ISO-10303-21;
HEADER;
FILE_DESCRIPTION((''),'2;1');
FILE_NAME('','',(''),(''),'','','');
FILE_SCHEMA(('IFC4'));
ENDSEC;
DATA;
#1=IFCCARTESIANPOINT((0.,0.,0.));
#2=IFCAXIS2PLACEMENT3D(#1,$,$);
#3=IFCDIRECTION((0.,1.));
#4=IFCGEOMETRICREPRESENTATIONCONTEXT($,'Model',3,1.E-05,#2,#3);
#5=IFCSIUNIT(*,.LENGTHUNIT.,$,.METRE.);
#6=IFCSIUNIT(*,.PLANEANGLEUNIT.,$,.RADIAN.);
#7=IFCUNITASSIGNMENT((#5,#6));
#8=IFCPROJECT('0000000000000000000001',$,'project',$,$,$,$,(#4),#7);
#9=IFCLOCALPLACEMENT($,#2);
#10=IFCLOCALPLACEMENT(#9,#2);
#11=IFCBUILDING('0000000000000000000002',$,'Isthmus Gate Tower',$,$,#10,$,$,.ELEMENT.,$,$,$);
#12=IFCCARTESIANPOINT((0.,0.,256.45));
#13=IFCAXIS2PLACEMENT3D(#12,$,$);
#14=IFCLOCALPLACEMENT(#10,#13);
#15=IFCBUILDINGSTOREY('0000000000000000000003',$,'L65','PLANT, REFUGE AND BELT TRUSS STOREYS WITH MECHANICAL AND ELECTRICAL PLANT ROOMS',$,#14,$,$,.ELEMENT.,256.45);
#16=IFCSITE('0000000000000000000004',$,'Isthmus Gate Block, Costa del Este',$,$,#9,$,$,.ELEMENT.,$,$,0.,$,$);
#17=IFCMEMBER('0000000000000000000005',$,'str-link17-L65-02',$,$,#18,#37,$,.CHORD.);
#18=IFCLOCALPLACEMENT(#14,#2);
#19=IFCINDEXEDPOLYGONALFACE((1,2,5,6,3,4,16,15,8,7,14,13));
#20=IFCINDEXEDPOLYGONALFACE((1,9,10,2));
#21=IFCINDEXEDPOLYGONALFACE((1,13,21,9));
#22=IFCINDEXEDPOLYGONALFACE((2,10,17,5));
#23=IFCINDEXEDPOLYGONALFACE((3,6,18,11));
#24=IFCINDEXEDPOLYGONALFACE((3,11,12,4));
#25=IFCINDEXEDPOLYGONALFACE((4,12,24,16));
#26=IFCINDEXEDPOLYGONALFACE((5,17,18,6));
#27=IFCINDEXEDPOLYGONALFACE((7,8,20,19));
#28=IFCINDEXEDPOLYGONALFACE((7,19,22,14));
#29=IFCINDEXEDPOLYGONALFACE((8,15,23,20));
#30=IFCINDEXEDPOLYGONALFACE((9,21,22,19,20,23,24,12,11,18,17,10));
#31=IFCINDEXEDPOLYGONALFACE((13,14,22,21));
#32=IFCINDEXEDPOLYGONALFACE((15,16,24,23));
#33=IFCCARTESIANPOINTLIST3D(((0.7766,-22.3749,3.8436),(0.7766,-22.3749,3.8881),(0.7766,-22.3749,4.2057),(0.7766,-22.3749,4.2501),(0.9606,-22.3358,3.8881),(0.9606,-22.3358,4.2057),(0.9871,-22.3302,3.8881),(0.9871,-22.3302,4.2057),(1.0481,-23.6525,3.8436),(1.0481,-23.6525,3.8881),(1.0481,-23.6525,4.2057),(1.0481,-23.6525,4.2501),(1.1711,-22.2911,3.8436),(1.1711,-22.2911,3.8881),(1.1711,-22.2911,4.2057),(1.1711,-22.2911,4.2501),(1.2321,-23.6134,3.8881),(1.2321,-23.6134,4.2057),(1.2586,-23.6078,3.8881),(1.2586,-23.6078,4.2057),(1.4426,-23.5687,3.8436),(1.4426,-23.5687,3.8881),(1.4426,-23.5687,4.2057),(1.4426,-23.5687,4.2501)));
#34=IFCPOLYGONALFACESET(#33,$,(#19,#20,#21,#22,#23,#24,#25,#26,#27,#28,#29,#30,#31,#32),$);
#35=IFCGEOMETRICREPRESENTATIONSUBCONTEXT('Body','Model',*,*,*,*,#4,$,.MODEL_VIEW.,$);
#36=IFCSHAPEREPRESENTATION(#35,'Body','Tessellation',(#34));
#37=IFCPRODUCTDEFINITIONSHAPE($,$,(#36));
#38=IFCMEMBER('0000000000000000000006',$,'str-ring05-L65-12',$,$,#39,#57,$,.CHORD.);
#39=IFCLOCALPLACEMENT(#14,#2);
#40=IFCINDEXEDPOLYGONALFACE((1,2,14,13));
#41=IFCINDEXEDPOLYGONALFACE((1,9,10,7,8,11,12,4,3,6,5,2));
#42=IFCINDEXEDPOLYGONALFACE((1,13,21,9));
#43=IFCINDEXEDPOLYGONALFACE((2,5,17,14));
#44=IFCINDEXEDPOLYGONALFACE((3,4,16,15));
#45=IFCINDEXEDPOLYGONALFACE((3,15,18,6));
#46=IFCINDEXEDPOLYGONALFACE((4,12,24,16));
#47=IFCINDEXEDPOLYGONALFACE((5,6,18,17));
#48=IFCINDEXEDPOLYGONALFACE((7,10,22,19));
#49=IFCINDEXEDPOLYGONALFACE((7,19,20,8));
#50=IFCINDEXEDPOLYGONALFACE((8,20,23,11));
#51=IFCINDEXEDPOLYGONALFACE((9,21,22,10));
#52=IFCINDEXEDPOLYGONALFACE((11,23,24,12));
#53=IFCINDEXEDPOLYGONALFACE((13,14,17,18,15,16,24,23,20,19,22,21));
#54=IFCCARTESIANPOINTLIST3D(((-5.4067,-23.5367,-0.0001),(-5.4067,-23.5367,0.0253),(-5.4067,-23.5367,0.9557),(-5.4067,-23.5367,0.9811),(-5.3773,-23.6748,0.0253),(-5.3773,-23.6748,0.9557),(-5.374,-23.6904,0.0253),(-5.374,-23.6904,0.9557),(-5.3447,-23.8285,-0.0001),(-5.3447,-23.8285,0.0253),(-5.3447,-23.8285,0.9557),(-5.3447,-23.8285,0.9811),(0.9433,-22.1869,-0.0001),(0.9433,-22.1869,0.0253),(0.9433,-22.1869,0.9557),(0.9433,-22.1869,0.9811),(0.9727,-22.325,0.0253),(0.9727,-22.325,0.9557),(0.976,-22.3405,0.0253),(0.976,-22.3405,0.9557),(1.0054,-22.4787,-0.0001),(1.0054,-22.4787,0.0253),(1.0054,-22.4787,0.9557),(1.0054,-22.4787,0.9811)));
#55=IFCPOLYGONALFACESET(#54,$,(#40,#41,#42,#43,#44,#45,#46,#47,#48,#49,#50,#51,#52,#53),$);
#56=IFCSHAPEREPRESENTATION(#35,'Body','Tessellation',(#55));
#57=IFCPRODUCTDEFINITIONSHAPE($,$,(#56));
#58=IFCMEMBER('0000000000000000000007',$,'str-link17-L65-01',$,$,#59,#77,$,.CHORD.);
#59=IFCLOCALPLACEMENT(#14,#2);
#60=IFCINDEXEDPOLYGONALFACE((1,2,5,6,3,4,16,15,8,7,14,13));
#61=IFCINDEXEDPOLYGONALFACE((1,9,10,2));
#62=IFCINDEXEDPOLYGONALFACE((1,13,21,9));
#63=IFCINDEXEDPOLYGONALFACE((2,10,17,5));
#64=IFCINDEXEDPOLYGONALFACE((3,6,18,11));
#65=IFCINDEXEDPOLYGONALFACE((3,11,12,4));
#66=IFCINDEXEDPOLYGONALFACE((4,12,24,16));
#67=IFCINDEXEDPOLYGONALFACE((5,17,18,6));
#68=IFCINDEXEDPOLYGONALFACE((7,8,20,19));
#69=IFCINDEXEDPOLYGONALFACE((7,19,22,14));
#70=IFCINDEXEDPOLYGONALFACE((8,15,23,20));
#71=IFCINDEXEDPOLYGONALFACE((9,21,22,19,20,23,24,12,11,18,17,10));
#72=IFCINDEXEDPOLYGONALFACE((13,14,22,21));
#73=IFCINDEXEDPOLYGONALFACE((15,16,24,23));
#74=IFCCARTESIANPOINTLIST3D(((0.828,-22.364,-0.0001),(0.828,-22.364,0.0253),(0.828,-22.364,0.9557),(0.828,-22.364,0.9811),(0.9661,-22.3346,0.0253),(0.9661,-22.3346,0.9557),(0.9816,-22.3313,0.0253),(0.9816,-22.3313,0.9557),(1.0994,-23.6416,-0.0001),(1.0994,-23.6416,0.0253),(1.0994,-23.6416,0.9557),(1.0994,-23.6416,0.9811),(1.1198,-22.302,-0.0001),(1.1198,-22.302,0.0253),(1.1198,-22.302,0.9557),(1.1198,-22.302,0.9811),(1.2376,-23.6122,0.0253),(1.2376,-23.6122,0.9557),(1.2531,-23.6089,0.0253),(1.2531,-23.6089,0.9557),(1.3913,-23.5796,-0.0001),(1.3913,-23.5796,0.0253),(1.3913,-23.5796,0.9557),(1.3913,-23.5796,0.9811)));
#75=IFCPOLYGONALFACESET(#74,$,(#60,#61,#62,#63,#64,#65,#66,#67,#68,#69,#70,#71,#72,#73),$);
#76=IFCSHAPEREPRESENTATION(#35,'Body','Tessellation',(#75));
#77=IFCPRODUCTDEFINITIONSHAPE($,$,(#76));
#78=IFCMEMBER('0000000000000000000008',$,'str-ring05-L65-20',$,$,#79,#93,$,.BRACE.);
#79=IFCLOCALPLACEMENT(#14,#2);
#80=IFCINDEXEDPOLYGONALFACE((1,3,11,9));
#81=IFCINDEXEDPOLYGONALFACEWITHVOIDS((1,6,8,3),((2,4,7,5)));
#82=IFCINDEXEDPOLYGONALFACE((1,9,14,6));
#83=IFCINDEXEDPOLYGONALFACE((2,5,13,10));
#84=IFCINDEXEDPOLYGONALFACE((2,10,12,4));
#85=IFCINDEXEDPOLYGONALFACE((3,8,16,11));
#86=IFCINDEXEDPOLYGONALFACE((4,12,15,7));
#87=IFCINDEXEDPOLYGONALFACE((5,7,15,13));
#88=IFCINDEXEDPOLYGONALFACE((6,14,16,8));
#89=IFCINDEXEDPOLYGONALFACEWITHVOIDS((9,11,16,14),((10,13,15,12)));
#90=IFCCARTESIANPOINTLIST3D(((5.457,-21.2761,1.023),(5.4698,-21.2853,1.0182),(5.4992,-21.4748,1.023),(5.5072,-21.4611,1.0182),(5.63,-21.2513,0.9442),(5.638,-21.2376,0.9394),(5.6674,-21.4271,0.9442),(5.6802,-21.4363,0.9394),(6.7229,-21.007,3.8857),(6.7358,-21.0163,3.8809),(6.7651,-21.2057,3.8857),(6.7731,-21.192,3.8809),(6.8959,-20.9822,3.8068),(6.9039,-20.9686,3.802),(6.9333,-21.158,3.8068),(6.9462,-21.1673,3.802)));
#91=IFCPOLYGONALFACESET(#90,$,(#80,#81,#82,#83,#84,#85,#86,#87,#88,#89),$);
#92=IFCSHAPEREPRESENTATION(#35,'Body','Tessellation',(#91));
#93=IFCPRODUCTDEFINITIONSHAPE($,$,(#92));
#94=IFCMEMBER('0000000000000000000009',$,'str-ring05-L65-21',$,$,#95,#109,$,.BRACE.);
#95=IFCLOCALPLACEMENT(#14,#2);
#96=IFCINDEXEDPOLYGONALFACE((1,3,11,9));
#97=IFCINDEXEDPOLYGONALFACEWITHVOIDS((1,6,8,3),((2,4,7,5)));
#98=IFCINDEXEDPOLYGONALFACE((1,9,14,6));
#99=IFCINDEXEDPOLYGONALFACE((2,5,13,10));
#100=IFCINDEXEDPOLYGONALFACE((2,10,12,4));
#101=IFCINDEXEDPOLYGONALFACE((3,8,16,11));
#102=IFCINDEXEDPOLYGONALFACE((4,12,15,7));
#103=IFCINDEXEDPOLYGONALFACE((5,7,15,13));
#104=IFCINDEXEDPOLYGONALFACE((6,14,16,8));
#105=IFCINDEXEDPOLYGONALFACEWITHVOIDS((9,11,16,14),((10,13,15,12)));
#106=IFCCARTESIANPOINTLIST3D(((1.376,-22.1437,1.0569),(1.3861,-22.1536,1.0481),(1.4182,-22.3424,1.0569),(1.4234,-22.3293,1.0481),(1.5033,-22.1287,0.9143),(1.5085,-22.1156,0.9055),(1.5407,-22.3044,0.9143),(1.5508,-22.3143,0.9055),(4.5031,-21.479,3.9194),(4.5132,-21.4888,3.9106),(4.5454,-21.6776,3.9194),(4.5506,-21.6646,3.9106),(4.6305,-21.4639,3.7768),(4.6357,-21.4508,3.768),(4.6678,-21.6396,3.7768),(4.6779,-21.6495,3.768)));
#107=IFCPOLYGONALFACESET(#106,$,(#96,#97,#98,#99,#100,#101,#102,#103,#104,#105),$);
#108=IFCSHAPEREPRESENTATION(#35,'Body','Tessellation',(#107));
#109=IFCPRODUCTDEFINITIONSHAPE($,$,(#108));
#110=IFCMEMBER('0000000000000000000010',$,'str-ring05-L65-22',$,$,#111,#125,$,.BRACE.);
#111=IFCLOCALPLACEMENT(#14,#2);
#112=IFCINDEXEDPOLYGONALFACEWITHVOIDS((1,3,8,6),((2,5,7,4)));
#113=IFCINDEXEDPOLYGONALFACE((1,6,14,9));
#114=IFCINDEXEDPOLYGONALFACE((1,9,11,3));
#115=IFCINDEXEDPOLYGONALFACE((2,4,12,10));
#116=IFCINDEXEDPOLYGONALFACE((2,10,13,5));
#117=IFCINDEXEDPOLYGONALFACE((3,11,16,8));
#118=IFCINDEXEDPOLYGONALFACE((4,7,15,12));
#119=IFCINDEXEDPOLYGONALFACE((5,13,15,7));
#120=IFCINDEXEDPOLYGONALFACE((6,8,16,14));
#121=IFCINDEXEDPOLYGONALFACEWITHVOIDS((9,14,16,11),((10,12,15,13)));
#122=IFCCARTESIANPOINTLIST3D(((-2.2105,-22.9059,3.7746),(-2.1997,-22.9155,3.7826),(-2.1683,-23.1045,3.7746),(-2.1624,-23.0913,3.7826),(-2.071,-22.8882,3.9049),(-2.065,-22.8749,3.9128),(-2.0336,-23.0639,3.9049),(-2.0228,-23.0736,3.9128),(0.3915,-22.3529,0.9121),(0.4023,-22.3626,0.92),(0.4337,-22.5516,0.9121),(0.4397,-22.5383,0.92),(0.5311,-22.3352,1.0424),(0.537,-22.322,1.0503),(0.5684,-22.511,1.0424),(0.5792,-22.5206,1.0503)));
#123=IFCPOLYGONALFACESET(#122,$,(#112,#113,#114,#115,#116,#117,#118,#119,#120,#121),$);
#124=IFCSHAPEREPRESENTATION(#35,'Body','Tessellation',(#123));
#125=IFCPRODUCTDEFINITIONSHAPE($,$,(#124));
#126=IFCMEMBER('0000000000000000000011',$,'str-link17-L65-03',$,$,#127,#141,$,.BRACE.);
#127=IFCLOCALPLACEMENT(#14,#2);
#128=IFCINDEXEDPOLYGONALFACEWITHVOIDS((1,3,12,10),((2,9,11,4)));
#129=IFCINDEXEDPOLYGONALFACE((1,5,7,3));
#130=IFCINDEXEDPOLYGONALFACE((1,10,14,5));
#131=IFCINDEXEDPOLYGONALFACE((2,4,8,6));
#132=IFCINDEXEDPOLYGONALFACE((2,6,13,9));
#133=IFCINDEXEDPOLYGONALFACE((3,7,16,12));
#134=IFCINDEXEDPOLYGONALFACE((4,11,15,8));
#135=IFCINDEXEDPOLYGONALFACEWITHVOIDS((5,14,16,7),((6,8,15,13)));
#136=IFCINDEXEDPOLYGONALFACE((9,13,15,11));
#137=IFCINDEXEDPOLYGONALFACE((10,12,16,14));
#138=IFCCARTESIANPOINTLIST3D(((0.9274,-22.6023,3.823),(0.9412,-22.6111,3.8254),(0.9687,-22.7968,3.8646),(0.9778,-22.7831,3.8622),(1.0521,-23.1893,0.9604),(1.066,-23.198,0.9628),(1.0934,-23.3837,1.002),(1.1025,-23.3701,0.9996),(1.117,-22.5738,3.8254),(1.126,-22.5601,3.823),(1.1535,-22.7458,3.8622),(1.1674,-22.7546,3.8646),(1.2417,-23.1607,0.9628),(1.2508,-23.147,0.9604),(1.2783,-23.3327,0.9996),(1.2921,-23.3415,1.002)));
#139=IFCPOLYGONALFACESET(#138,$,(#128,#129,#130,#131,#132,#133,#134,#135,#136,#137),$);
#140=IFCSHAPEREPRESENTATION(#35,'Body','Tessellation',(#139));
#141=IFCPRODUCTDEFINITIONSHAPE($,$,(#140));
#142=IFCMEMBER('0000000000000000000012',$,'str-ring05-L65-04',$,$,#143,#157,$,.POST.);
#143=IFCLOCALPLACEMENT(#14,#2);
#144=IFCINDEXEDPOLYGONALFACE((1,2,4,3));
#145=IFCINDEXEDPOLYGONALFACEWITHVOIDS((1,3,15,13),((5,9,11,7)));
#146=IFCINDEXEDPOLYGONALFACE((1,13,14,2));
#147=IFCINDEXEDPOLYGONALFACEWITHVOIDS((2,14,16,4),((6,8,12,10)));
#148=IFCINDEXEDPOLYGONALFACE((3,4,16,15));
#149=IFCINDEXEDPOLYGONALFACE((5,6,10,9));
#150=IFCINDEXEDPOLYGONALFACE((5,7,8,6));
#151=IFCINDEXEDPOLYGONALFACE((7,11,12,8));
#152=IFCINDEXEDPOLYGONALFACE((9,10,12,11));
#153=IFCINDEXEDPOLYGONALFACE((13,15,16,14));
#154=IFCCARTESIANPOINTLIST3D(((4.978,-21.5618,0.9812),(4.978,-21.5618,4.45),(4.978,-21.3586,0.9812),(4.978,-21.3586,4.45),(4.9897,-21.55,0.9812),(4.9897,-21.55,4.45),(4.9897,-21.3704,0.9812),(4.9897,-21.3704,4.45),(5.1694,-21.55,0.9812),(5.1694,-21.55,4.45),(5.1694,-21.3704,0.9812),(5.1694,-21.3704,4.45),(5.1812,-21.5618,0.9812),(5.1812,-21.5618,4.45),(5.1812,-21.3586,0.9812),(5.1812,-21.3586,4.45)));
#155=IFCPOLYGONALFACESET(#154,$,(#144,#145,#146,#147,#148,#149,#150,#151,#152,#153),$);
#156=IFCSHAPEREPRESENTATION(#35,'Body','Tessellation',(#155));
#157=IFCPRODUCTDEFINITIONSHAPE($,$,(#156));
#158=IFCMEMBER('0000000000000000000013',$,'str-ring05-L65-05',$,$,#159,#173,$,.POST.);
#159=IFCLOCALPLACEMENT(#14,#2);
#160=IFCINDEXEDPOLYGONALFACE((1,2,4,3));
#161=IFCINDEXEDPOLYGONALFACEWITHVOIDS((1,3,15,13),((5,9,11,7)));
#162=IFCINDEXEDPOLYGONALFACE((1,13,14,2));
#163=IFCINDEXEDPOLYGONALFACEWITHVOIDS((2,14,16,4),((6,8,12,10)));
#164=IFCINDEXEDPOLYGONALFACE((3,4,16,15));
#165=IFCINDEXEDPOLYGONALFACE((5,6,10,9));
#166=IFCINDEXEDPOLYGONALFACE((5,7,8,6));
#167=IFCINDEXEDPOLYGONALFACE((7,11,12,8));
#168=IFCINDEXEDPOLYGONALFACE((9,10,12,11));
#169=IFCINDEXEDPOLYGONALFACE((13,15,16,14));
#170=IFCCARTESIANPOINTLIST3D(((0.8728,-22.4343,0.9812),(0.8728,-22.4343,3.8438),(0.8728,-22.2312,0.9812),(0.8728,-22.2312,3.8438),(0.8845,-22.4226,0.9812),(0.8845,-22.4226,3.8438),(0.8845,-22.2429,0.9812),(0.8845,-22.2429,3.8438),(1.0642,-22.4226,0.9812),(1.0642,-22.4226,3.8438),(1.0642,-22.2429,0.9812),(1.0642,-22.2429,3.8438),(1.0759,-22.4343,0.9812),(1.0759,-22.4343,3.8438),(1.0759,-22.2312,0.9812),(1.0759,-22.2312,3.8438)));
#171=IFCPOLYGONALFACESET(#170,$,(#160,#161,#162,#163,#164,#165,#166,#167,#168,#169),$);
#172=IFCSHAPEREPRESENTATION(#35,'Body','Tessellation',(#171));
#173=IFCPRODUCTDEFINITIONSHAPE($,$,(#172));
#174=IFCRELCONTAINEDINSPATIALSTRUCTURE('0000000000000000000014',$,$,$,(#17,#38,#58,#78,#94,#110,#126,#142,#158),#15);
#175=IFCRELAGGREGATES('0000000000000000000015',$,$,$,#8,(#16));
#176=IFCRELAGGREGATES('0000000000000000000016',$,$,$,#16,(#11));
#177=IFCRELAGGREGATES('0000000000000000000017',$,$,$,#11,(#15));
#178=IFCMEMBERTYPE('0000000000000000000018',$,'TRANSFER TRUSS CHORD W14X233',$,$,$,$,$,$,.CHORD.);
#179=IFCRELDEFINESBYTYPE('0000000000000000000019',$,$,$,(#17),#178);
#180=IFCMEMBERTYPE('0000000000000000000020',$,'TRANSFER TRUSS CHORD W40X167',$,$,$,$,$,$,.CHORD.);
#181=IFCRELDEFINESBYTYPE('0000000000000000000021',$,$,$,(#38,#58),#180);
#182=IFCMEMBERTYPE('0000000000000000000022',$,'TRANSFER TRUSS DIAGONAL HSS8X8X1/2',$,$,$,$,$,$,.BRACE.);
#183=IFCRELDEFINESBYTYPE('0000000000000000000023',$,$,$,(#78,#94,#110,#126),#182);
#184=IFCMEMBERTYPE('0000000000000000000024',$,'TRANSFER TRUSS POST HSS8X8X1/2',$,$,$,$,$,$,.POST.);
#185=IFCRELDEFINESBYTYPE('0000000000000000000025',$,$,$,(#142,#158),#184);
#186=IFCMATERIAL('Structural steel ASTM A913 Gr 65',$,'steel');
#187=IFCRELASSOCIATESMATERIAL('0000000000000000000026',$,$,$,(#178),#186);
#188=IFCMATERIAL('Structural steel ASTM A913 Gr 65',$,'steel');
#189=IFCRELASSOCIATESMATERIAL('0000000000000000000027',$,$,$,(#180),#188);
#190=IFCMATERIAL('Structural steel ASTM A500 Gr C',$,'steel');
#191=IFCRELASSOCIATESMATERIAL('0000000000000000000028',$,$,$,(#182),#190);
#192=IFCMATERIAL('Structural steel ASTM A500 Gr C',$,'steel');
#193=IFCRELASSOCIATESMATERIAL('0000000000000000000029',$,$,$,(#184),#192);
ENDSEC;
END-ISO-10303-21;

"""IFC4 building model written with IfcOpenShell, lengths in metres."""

from ifc_helpers import new_model, si_unit, direction, frame, origin, origin_2d, place, context, subcontext, project, spatial, hollow_rectangle, i_section, extrude, material, material_profile, profile_set, type_object, element, save


model = new_model("IFC4")

# Units and contexts
model_context = context("Model", 3, precision=1e-05, world=origin(), true_north=direction((0.0, 1.0)))
body_context = subcontext(model_context, "Body", "Model", "MODEL_VIEW")
ifc_project = project(units=[si_unit("LENGTHUNIT", "METRE"), si_unit("PLANEANGLEUNIT", "RADIAN")], contexts=[model_context])

# Site, building, storey
site_placement = place(None, origin())
site = spatial("IfcSite", under=ifc_project, at=site_placement, Name="Isthmus Gate Block, Costa del Este", CompositionType="ELEMENT", RefElevation=0.0)
building_placement = place(site_placement, origin())
building = spatial("IfcBuilding", under=site, at=building_placement, Name="Isthmus Gate Tower", CompositionType="ELEMENT")
storey_placement = place(building_placement, frame((0.0, 0.0, 256.45)))
storey = spatial("IfcBuildingStorey", under=building, at=storey_placement, Name="L65", Description="PLANT, REFUGE AND BELT TRUSS STOREYS WITH MECHANICAL AND ELECTRICAL PLANT ROOMS", CompositionType="ELEMENT", Elevation=256.45)

# Members
ifc_material_1 = material(Name="Structural steel ASTM A913 Gr 65", Category="steel")
ifc_material_profile_1 = material_profile(ifc_material_1, i_section(OverallWidth=0.4033, OverallDepth=0.4065, WebThickness=0.0271, FlangeThickness=0.0444, at=origin_2d()), Name="W14X233")
ifc_profile_set_1 = profile_set([ifc_material_profile_1], Name="Structural steel ASTM A913 Gr 65")
member_type_1 = type_object("IfcMemberType", Name="TRANSFER TRUSS CHORD W14X233", PredefinedType="CHORD", material=ifc_profile_set_1)
member_1_placement = place(storey_placement, frame((1.2454, -23.6106, 4.0469), z_axis=(-0.207857, 0.978159, 0.0), x_axis=(-0.978159, -0.207857, 0.0)))
element("IfcMember", 1, at=member_1_placement, inside=storey, type_object=member_type_1, Name="str-link17-L65-02", PredefinedType="CHORD", context=body_context, shape_type="SweptSolid", body=[
    extrude(i_section(OverallWidth=0.4033, OverallDepth=0.4065, WebThickness=0.0271, FlangeThickness=0.0444, at=origin_2d()), origin(), (0.0, 0.0, 1.0), 1.3062),
])
ifc_material_2 = material(Name="Structural steel ASTM A913 Gr 65", Category="steel")
ifc_material_profile_2 = material_profile(ifc_material_2, i_section(OverallWidth=0.2983, OverallDepth=0.9812, WebThickness=0.0159, FlangeThickness=0.0254, at=origin_2d()), Name="W40X167")
ifc_profile_set_2 = profile_set([ifc_material_profile_2], Name="Structural steel ASTM A913 Gr 65")
member_type_2 = type_object("IfcMemberType", Name="TRANSFER TRUSS CHORD W40X167", PredefinedType="CHORD", material=ifc_profile_set_2)
member_2_placement = place(storey_placement, frame((0.9744, -22.3328, 0.4905), z_axis=(-0.978145, -0.207926, 0.0), x_axis=(0.207926, -0.978145, 0.0)))
element("IfcMember", 2, at=member_2_placement, inside=storey, type_object=member_type_2, Name="str-ring05-L65-12", PredefinedType="CHORD", context=body_context, shape_type="SweptSolid", body=[
    extrude(i_section(OverallWidth=0.2983, OverallDepth=0.9812, WebThickness=0.0159, FlangeThickness=0.0254, at=origin_2d()), origin(), (0.0, 0.0, 1.0), 6.4919),
])
member_3_placement = place(storey_placement, frame((1.2454, -23.6106, 0.4905), z_axis=(-0.207857, 0.978159, 0.0), x_axis=(-0.978159, -0.207857, 0.0)))
element("IfcMember", 3, at=member_3_placement, inside=storey, type_object=member_type_2, Name="str-link17-L65-01", PredefinedType="CHORD", context=body_context, shape_type="SweptSolid", body=[
    extrude(i_section(OverallWidth=0.2983, OverallDepth=0.9812, WebThickness=0.0159, FlangeThickness=0.0254, at=origin_2d()), origin(), (0.0, 0.0, 1.0), 1.3062),
])
ifc_material_3 = material(Name="Structural steel ASTM A500 Gr C", Category="steel")
ifc_material_profile_3 = material_profile(ifc_material_3, hollow_rectangle(XDim=0.2031, YDim=0.2031, WallThickness=0.0117, at=origin_2d()), Name="HSS8X8X1/2")
ifc_profile_set_3 = profile_set([ifc_material_profile_3], Name="Structural steel ASTM A500 Gr C")
member_type_3 = type_object("IfcMemberType", Name="TRANSFER TRUSS DIAGONAL HSS8X8X1/2", PredefinedType="BRACE", material=ifc_profile_set_3)
member_4_placement = place(storey_placement, frame((5.5686, -21.3562, 0.9812), z_axis=(0.402951, 0.085642, 0.911206), x_axis=(-0.207893, 0.978152, 0.0)))
element("IfcMember", 4, at=member_4_placement, inside=storey, type_object=member_type_3, Name="str-ring05-L65-20", PredefinedType="BRACE", context=body_context, shape_type="SweptSolid", body=[
    extrude(hollow_rectangle(XDim=0.2031, YDim=0.2031, WallThickness=0.0117, at=origin_2d()), origin(), (0.0, 0.0, 1.0), 3.1416),
])
member_5_placement = place(storey_placement, frame((1.4634, -22.229, 0.9812), z_axis=(0.728725, 0.154916, 0.667054), x_axis=(-0.207938, 0.978142, 0.0)))
element("IfcMember", 5, at=member_5_placement, inside=storey, type_object=member_type_3, Name="str-ring05-L65-21", PredefinedType="BRACE", context=body_context, shape_type="SweptSolid", body=[
    extrude(hollow_rectangle(XDim=0.2031, YDim=0.2031, WallThickness=0.0117, at=origin_2d()), origin(), (0.0, 0.0, 1.0), 4.2913),
])
member_6_placement = place(storey_placement, frame((0.4854, -22.4368, 0.9812), z_axis=(-0.665866, -0.141508, 0.732528), x_axis=(0.207874, -0.978156, 0.0)))
element("IfcMember", 6, at=member_6_placement, inside=storey, type_object=member_type_3, Name="str-ring05-L65-22", PredefinedType="BRACE", context=body_context, shape_type="SweptSolid", body=[
    extrude(hollow_rectangle(XDim=0.2031, YDim=0.2031, WallThickness=0.0117, at=origin_2d()), origin(), (0.0, 0.0, 1.0), 3.9077),
])
member_7_placement = place(storey_placement, frame((1.1721, -23.2654, 0.9812), z_axis=(-0.042655, 0.200671, 0.97873), x_axis=(-0.978146, -0.207917, 0.0)))
element("IfcMember", 7, at=member_7_placement, inside=storey, type_object=member_type_3, Name="str-link17-L65-03", PredefinedType="BRACE", context=body_context, shape_type="SweptSolid", body=[
    extrude(hollow_rectangle(XDim=0.2031, YDim=0.2031, WallThickness=0.0117, at=origin_2d()), origin(), (0.0, 0.0, 1.0), 2.9248),
])
ifc_material_4 = material(Name="Structural steel ASTM A500 Gr C", Category="steel")
ifc_material_profile_4 = material_profile(ifc_material_4, hollow_rectangle(XDim=0.2031, YDim=0.2031, WallThickness=0.0117, at=origin_2d()), Name="HSS8X8X1/2")
ifc_profile_set_4 = profile_set([ifc_material_profile_4], Name="Structural steel ASTM A500 Gr C")
member_type_4 = type_object("IfcMemberType", Name="TRANSFER TRUSS POST HSS8X8X1/2", PredefinedType="POST", material=ifc_profile_set_4)
member_8_placement = place(storey_placement, frame((5.0796, -21.4602, 0.9812), z_axis=(0.0, 0.0, 1.0), x_axis=(1.0, 0.0, 0.0)))
element("IfcMember", 8, at=member_8_placement, inside=storey, type_object=member_type_4, Name="str-ring05-L65-04", PredefinedType="POST", context=body_context, shape_type="SweptSolid", body=[
    extrude(hollow_rectangle(XDim=0.2031, YDim=0.2031, WallThickness=0.0117, at=origin_2d()), origin(), (0.0, 0.0, 1.0), 3.4688),
])
member_9_placement = place(storey_placement, frame((0.9744, -22.3328, 0.9812), z_axis=(0.0, 0.0, 1.0), x_axis=(1.0, 0.0, 0.0)))
element("IfcMember", 9, at=member_9_placement, inside=storey, type_object=member_type_4, Name="str-ring05-L65-05", PredefinedType="POST", context=body_context, shape_type="SweptSolid", body=[
    extrude(hollow_rectangle(XDim=0.2031, YDim=0.2031, WallThickness=0.0117, at=origin_2d()), origin(), (0.0, 0.0, 1.0), 2.8625),
])

save(model, "model.ifc")
